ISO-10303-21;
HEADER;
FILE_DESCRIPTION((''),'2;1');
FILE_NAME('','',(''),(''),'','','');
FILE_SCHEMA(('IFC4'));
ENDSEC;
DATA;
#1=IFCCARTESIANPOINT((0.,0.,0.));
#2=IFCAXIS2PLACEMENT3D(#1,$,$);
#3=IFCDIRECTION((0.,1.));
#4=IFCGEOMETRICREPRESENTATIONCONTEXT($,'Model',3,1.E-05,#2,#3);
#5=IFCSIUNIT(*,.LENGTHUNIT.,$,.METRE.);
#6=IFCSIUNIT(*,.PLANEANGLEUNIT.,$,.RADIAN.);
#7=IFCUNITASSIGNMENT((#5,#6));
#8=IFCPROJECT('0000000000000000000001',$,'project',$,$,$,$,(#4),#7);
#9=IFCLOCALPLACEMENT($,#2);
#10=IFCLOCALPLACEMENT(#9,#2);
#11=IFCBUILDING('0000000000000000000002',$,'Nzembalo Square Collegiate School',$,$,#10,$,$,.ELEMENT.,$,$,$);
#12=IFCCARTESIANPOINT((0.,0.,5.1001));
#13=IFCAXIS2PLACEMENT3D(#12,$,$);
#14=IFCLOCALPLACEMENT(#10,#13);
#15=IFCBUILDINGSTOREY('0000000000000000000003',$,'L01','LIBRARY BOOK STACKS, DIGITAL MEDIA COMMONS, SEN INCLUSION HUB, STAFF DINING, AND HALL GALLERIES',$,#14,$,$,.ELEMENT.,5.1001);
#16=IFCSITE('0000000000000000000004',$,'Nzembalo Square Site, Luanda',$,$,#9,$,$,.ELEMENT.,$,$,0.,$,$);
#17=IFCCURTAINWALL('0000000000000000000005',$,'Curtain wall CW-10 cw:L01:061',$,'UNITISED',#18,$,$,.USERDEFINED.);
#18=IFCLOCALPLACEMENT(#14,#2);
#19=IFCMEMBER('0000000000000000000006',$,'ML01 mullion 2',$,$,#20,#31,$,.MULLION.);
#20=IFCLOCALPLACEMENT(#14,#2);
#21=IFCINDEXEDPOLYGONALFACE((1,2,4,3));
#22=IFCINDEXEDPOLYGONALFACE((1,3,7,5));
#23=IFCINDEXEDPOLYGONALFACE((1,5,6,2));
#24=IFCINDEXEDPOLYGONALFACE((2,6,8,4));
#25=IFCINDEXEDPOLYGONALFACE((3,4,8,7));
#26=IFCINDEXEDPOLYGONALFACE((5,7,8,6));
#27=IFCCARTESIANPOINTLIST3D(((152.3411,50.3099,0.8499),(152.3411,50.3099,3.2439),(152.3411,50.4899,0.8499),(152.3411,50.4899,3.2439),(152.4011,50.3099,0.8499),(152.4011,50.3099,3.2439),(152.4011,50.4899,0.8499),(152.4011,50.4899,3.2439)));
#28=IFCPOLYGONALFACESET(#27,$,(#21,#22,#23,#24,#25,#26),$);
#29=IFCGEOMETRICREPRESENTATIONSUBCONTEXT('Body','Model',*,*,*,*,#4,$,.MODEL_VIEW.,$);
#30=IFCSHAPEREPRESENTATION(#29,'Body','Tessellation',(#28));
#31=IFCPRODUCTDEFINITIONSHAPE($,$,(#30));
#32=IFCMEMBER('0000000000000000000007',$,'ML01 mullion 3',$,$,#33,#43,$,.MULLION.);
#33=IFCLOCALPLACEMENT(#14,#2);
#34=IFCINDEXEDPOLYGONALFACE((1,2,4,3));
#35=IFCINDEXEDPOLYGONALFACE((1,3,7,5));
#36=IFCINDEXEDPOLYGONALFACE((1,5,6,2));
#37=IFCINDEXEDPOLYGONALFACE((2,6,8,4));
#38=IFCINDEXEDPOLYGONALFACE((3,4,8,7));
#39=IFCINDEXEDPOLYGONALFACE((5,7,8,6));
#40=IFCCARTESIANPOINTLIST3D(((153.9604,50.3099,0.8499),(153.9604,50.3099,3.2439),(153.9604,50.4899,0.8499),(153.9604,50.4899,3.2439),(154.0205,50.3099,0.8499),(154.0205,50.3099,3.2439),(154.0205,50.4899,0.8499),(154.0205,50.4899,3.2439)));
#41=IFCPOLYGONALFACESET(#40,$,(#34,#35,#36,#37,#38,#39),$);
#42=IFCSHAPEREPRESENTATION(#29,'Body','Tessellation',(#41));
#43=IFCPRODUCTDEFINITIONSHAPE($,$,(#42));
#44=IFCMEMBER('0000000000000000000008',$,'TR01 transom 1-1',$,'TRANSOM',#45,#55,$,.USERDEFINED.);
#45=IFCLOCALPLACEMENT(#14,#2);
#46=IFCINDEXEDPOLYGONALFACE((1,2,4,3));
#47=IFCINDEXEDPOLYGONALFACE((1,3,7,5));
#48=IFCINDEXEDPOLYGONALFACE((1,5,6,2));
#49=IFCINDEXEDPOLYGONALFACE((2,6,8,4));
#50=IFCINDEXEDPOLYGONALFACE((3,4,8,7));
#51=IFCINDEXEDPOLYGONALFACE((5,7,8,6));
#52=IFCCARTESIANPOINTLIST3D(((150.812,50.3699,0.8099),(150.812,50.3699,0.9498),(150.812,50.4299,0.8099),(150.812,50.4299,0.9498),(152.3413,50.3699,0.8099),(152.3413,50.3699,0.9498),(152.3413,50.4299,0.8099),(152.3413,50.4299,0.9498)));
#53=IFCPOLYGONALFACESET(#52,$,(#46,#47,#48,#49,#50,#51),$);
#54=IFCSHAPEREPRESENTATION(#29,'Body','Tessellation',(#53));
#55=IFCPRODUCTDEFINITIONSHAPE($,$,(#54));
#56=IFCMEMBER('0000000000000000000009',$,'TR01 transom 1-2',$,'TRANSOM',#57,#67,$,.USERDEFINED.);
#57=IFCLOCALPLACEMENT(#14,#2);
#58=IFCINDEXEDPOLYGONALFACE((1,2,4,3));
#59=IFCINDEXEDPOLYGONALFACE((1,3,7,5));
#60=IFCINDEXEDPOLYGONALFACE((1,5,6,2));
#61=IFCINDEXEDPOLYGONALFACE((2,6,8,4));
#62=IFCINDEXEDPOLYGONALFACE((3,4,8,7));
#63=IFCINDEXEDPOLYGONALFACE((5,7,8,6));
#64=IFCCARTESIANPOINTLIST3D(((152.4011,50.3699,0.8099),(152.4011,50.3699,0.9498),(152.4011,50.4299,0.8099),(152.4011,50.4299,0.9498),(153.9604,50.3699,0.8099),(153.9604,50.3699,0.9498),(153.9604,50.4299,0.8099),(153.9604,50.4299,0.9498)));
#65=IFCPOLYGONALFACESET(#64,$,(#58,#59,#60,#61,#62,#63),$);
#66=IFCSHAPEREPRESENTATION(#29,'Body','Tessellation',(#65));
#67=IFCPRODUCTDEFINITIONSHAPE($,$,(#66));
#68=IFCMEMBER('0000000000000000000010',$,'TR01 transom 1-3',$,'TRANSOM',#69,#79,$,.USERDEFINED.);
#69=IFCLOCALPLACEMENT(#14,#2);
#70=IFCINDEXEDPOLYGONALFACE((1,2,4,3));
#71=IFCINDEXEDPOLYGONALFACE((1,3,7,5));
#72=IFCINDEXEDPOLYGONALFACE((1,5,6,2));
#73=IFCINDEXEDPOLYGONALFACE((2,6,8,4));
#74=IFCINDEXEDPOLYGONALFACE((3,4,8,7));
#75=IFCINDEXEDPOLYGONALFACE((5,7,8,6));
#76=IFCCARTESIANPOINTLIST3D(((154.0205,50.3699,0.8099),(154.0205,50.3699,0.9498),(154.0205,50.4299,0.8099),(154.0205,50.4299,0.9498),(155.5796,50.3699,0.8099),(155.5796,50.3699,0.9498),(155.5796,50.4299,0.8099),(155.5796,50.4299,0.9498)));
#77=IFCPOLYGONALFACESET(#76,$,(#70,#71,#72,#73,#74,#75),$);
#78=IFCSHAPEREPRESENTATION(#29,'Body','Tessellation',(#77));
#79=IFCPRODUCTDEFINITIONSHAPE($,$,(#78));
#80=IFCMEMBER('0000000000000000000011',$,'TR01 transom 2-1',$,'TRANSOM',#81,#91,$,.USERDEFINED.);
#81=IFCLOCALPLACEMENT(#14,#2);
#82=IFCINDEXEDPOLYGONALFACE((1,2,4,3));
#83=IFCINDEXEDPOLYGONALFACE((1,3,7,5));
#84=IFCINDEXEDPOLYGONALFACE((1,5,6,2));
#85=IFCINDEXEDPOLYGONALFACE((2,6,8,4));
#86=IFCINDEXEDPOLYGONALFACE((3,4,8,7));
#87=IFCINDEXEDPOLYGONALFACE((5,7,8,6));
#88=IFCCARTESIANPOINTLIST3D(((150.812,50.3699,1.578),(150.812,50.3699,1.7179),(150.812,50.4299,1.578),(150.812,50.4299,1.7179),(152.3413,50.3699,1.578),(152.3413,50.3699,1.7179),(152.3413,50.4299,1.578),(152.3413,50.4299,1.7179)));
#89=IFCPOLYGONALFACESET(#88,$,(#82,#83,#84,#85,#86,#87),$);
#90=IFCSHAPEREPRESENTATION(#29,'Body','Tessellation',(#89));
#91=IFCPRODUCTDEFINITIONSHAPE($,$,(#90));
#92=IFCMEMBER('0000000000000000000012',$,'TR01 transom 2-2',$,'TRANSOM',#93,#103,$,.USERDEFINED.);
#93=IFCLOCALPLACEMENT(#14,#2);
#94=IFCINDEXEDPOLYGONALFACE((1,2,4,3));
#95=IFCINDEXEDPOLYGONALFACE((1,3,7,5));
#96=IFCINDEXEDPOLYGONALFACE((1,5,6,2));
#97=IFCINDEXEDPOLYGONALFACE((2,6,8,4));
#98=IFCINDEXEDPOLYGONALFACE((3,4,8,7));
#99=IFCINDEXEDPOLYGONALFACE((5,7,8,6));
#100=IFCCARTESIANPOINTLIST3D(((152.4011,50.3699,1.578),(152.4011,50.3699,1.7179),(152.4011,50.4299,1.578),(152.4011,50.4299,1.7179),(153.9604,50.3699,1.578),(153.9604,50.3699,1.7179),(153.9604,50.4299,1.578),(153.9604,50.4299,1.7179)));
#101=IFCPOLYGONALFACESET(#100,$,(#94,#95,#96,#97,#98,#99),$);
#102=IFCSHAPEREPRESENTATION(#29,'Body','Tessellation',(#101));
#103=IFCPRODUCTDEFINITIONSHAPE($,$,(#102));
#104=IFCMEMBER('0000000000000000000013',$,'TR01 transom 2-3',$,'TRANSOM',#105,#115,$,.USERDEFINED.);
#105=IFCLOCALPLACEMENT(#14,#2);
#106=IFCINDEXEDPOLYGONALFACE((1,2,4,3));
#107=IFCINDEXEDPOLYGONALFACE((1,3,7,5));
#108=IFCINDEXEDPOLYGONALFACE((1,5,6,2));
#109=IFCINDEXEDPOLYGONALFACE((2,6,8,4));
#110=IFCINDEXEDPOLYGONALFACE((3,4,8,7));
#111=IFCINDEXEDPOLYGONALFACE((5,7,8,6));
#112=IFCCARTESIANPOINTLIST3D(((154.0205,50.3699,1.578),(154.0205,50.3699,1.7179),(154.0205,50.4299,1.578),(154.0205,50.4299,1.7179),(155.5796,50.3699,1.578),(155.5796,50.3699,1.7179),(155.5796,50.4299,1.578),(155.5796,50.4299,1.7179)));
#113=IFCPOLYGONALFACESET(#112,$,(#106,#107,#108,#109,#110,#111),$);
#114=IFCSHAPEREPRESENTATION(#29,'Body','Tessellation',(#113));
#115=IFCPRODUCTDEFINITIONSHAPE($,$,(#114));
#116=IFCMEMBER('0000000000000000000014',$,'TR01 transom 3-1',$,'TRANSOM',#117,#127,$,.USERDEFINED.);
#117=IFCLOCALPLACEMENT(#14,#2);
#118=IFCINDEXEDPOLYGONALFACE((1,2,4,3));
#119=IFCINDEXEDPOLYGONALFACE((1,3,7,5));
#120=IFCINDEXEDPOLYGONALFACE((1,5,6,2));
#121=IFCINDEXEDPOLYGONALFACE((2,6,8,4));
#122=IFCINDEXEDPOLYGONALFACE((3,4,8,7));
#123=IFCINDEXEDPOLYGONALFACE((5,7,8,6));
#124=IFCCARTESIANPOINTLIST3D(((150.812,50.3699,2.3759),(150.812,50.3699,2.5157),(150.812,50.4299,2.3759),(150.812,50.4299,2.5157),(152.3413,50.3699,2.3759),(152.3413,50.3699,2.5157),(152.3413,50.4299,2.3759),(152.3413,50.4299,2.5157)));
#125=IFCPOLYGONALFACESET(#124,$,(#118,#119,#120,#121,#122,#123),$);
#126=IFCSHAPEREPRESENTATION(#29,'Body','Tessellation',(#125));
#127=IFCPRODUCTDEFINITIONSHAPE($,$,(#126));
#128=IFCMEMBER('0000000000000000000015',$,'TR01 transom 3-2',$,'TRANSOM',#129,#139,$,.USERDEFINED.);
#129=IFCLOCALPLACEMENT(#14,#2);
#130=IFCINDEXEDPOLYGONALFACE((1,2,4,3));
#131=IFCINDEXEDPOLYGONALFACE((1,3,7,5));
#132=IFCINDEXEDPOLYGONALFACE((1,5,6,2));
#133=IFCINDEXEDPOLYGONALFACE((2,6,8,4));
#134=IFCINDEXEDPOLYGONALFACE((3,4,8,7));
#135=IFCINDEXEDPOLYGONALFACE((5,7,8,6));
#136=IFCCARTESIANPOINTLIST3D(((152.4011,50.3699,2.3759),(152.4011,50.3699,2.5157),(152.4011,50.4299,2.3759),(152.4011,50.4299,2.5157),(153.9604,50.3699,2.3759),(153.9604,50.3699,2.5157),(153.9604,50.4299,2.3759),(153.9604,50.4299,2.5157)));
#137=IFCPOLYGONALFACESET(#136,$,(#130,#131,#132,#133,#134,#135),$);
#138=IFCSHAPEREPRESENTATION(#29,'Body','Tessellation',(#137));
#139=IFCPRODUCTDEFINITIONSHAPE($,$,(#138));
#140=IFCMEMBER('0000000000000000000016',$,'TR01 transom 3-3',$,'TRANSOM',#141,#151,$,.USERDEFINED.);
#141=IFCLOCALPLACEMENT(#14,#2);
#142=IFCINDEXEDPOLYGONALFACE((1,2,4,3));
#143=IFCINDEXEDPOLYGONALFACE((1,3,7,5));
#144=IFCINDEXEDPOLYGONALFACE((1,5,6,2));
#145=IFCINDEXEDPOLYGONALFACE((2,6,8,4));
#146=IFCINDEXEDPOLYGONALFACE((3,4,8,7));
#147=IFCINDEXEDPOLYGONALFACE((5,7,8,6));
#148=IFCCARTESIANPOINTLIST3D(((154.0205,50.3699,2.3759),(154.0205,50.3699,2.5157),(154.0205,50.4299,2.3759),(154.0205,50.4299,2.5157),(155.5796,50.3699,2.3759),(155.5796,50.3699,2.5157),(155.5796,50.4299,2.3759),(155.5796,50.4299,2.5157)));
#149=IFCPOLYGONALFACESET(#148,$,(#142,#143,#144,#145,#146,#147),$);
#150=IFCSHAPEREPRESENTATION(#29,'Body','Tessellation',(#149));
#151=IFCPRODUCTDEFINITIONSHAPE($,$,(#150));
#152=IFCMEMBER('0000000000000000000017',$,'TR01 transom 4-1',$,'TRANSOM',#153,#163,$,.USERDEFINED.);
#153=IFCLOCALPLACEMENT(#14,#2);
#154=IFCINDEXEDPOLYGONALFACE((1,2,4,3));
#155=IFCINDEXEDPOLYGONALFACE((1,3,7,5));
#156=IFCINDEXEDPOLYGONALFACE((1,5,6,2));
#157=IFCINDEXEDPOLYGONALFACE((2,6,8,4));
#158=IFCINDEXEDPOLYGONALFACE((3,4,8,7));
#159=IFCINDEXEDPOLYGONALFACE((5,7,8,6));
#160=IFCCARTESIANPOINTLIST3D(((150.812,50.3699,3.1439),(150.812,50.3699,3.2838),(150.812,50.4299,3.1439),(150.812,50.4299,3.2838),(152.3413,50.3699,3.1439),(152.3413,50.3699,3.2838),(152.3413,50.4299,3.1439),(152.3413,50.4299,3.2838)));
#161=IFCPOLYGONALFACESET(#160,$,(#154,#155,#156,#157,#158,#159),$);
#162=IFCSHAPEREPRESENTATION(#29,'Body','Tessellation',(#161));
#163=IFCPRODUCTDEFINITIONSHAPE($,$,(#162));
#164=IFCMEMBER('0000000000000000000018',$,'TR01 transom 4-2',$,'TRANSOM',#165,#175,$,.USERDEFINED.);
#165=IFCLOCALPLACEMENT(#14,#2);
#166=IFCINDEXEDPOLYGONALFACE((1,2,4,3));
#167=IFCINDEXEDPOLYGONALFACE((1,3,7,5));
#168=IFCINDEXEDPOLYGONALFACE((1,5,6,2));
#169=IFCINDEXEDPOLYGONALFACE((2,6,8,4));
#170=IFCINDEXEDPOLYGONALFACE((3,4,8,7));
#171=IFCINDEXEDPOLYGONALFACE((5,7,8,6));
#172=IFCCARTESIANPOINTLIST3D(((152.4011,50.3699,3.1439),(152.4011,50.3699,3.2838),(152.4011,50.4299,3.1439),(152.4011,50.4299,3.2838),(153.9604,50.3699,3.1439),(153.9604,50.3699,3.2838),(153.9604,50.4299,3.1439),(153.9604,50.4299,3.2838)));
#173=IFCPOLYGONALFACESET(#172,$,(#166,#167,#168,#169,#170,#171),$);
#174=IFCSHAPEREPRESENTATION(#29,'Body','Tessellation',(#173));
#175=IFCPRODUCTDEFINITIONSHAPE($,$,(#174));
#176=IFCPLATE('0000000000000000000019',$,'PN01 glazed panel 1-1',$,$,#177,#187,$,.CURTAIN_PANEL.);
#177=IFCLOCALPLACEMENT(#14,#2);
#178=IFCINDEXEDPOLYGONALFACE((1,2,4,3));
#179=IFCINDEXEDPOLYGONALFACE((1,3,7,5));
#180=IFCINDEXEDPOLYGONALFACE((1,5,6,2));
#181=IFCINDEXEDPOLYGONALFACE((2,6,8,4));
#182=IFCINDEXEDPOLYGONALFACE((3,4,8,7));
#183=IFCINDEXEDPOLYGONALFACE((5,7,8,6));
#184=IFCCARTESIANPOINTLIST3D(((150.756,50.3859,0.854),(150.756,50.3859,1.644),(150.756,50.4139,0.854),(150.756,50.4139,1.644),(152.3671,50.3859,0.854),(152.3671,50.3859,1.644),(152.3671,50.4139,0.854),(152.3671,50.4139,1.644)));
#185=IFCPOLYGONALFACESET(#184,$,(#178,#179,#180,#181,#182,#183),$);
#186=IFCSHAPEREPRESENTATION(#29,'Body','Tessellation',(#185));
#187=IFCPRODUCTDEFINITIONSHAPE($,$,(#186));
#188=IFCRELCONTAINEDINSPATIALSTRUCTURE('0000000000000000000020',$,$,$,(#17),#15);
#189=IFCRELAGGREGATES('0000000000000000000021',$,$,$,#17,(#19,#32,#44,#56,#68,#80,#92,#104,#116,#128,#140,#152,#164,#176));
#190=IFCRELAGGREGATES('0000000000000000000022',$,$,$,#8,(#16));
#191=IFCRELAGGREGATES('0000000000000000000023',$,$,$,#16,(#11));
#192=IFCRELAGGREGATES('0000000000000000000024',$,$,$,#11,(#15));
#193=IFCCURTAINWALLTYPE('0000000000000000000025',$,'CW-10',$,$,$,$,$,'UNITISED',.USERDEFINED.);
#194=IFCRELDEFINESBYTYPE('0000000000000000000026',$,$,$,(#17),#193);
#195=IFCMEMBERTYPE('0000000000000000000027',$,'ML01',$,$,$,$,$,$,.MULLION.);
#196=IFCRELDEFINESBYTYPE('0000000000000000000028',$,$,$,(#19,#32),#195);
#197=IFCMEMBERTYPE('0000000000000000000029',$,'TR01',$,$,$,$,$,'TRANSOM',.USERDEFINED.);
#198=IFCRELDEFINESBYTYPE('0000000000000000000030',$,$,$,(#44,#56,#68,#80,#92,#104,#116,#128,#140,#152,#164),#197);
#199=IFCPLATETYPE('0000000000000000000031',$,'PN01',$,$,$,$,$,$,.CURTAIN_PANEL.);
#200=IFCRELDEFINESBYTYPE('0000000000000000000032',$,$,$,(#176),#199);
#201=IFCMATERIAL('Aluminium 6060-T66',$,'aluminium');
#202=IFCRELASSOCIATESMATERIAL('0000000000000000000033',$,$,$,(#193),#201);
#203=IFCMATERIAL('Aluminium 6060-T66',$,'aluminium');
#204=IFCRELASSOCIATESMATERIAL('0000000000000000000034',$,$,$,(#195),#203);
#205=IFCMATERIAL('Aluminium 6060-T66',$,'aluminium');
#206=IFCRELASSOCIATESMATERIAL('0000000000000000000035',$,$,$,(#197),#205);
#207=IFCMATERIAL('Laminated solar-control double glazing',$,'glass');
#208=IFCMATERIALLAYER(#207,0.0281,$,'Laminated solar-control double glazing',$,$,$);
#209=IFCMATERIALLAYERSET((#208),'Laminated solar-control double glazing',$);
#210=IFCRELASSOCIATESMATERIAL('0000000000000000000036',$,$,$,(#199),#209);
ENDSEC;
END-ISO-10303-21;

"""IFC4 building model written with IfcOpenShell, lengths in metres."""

from ifc_helpers import new_model, si_unit, direction, frame, origin, origin_2d, place, context, subcontext, project, spatial, rectangle, extrude, material, layer, layer_set, material_profile, profile_set, type_object, element, aggregate, save


model = new_model("IFC4")

# Units and contexts
model_context = context("Model", 3, precision=1e-05, world=origin(), true_north=direction((0.0, 1.0)))
body_context = subcontext(model_context, "Body", "Model", "MODEL_VIEW")
ifc_project = project(units=[si_unit("LENGTHUNIT", "METRE"), si_unit("PLANEANGLEUNIT", "RADIAN")], contexts=[model_context])

# Site, building, storey
site_placement = place(None, origin())
site = spatial("IfcSite", under=ifc_project, at=site_placement, Name="Nzembalo Square Site, Luanda", CompositionType="ELEMENT", RefElevation=0.0)
building_placement = place(site_placement, origin())
building = spatial("IfcBuilding", under=site, at=building_placement, Name="Nzembalo Square Collegiate School", CompositionType="ELEMENT")
storey_placement = place(building_placement, frame((0.0, 0.0, 5.1001)))
storey = spatial("IfcBuildingStorey", under=building, at=storey_placement, Name="L01", Description="LIBRARY BOOK STACKS, DIGITAL MEDIA COMMONS, SEN INCLUSION HUB, STAFF DINING, AND HALL GALLERIES", CompositionType="ELEMENT", Elevation=5.1001)

# Curtain wall, members, plate
ifc_material_1 = material(Name="Aluminium 6060-T66", Category="aluminium")
curtain_wall_type = type_object("IfcCurtainWallType", Name="CW-10", ElementType="UNITISED", PredefinedType="USERDEFINED", material=ifc_material_1)
curtain_wall_placement = place(storey_placement, origin())
curtain_wall = element("IfcCurtainWall", 1, at=curtain_wall_placement, inside=storey, type_object=curtain_wall_type, Name="Curtain wall CW-10 cw:L01:061", ObjectType="UNITISED", PredefinedType="USERDEFINED")
ifc_material_2 = material(Name="Aluminium 6060-T66", Category="aluminium")
ifc_material_profile_1 = material_profile(ifc_material_2, rectangle(XDim=0.0601, YDim=0.1799, at=origin_2d()), Name="ALU M60x180")
ifc_profile_set_1 = profile_set([ifc_material_profile_1], Name="Aluminium 6060-T66")
member_type_1 = type_object("IfcMemberType", Name="ML01", PredefinedType="MULLION", material=ifc_profile_set_1)
member_1_placement = place(storey_placement, frame((152.3711, 50.3999, 0.8499), z_axis=(0.0, 0.0, 1.0), x_axis=(1.0, 0.0, 0.0)))
member_1 = element("IfcMember", 2, at=member_1_placement, type_object=member_type_1, Name="ML01 mullion 2", PredefinedType="MULLION", context=body_context, shape_type="SweptSolid", body=[
    extrude(rectangle(XDim=0.0601, YDim=0.1799, at=origin_2d()), origin(), (0.0, 0.0, 1.0), 2.394),
])
member_2_placement = place(storey_placement, frame((153.9905, 50.3999, 0.8499), z_axis=(0.0, 0.0, 1.0), x_axis=(1.0, 0.0, 0.0)))
member_2 = element("IfcMember", 3, at=member_2_placement, type_object=member_type_1, Name="ML01 mullion 3", PredefinedType="MULLION", context=body_context, shape_type="SweptSolid", body=[
    extrude(rectangle(XDim=0.0601, YDim=0.1799, at=origin_2d()), origin(), (0.0, 0.0, 1.0), 2.394),
])
ifc_material_3 = material(Name="Aluminium 6060-T66", Category="aluminium")
ifc_material_profile_2 = material_profile(ifc_material_3, rectangle(XDim=0.0601, YDim=0.1399, at=origin_2d()), Name="ALU T60x140")
ifc_profile_set_2 = profile_set([ifc_material_profile_2], Name="Aluminium 6060-T66")
member_type_2 = type_object("IfcMemberType", Name="TR01", ElementType="TRANSOM", PredefinedType="USERDEFINED", material=ifc_profile_set_2)
member_3_placement = place(storey_placement, frame((150.812, 50.3999, 0.8799), z_axis=(1.0, 0.0, 0.0), x_axis=(0.0, 1.0, 0.0)))
member_3 = element("IfcMember", 4, at=member_3_placement, type_object=member_type_2, Name="TR01 transom 1-1", ObjectType="TRANSOM", PredefinedType="USERDEFINED", context=body_context, shape_type="SweptSolid", body=[
    extrude(rectangle(XDim=0.0601, YDim=0.1399, at=origin_2d()), origin(), (0.0, 0.0, 1.0), 1.5293),
])
member_4_placement = place(storey_placement, frame((152.4011, 50.3999, 0.8799), z_axis=(1.0, 0.0, 0.0), x_axis=(0.0, 1.0, 0.0)))
member_4 = element("IfcMember", 5, at=member_4_placement, type_object=member_type_2, Name="TR01 transom 1-2", ObjectType="TRANSOM", PredefinedType="USERDEFINED", context=body_context, shape_type="SweptSolid", body=[
    extrude(rectangle(XDim=0.0601, YDim=0.1399, at=origin_2d()), origin(), (0.0, 0.0, 1.0), 1.5593),
])
member_5_placement = place(storey_placement, frame((154.0205, 50.3999, 0.8799), z_axis=(1.0, 0.0, 0.0), x_axis=(0.0, 1.0, 0.0)))
member_5 = element("IfcMember", 6, at=member_5_placement, type_object=member_type_2, Name="TR01 transom 1-3", ObjectType="TRANSOM", PredefinedType="USERDEFINED", context=body_context, shape_type="SweptSolid", body=[
    extrude(rectangle(XDim=0.0601, YDim=0.1399, at=origin_2d()), origin(), (0.0, 0.0, 1.0), 1.5591),
])
member_6_placement = place(storey_placement, frame((150.812, 50.3999, 1.6479), z_axis=(1.0, 0.0, 0.0), x_axis=(0.0, 1.0, 0.0)))
member_6 = element("IfcMember", 7, at=member_6_placement, type_object=member_type_2, Name="TR01 transom 2-1", ObjectType="TRANSOM", PredefinedType="USERDEFINED", context=body_context, shape_type="SweptSolid", body=[
    extrude(rectangle(XDim=0.0601, YDim=0.1399, at=origin_2d()), origin(), (0.0, 0.0, 1.0), 1.5293),
])
member_7_placement = place(storey_placement, frame((152.4011, 50.3999, 1.6479), z_axis=(1.0, 0.0, 0.0), x_axis=(0.0, 1.0, 0.0)))
member_7 = element("IfcMember", 8, at=member_7_placement, type_object=member_type_2, Name="TR01 transom 2-2", ObjectType="TRANSOM", PredefinedType="USERDEFINED", context=body_context, shape_type="SweptSolid", body=[
    extrude(rectangle(XDim=0.0601, YDim=0.1399, at=origin_2d()), origin(), (0.0, 0.0, 1.0), 1.5593),
])
member_8_placement = place(storey_placement, frame((154.0205, 50.3999, 1.6479), z_axis=(1.0, 0.0, 0.0), x_axis=(0.0, 1.0, 0.0)))
member_8 = element("IfcMember", 9, at=member_8_placement, type_object=member_type_2, Name="TR01 transom 2-3", ObjectType="TRANSOM", PredefinedType="USERDEFINED", context=body_context, shape_type="SweptSolid", body=[
    extrude(rectangle(XDim=0.0601, YDim=0.1399, at=origin_2d()), origin(), (0.0, 0.0, 1.0), 1.5591),
])
member_9_placement = place(storey_placement, frame((150.812, 50.3999, 2.4458), z_axis=(1.0, 0.0, 0.0), x_axis=(0.0, 1.0, 0.0)))
member_9 = element("IfcMember", 10, at=member_9_placement, type_object=member_type_2, Name="TR01 transom 3-1", ObjectType="TRANSOM", PredefinedType="USERDEFINED", context=body_context, shape_type="SweptSolid", body=[
    extrude(rectangle(XDim=0.0601, YDim=0.1399, at=origin_2d()), origin(), (0.0, 0.0, 1.0), 1.5293),
])
member_10_placement = place(storey_placement, frame((152.4011, 50.3999, 2.4458), z_axis=(1.0, 0.0, 0.0), x_axis=(0.0, 1.0, 0.0)))
member_10 = element("IfcMember", 11, at=member_10_placement, type_object=member_type_2, Name="TR01 transom 3-2", ObjectType="TRANSOM", PredefinedType="USERDEFINED", context=body_context, shape_type="SweptSolid", body=[
    extrude(rectangle(XDim=0.0601, YDim=0.1399, at=origin_2d()), origin(), (0.0, 0.0, 1.0), 1.5593),
])
member_11_placement = place(storey_placement, frame((154.0205, 50.3999, 2.4458), z_axis=(1.0, 0.0, 0.0), x_axis=(0.0, 1.0, 0.0)))
member_11 = element("IfcMember", 12, at=member_11_placement, type_object=member_type_2, Name="TR01 transom 3-3", ObjectType="TRANSOM", PredefinedType="USERDEFINED", context=body_context, shape_type="SweptSolid", body=[
    extrude(rectangle(XDim=0.0601, YDim=0.1399, at=origin_2d()), origin(), (0.0, 0.0, 1.0), 1.5591),
])
member_12_placement = place(storey_placement, frame((150.812, 50.3999, 3.2139), z_axis=(1.0, 0.0, 0.0), x_axis=(0.0, 1.0, 0.0)))
member_12 = element("IfcMember", 13, at=member_12_placement, type_object=member_type_2, Name="TR01 transom 4-1", ObjectType="TRANSOM", PredefinedType="USERDEFINED", context=body_context, shape_type="SweptSolid", body=[
    extrude(rectangle(XDim=0.0601, YDim=0.1399, at=origin_2d()), origin(), (0.0, 0.0, 1.0), 1.5293),
])
member_13_placement = place(storey_placement, frame((152.4011, 50.3999, 3.2139), z_axis=(1.0, 0.0, 0.0), x_axis=(0.0, 1.0, 0.0)))
member_13 = element("IfcMember", 14, at=member_13_placement, type_object=member_type_2, Name="TR01 transom 4-2", ObjectType="TRANSOM", PredefinedType="USERDEFINED", context=body_context, shape_type="SweptSolid", body=[
    extrude(rectangle(XDim=0.0601, YDim=0.1399, at=origin_2d()), origin(), (0.0, 0.0, 1.0), 1.5593),
])
ifc_material_4 = material(Name="Laminated solar-control double glazing", Category="glass")
ifc_layer_1 = layer(ifc_material_4, 0.0281, Name="Laminated solar-control double glazing")
ifc_layer_set_1 = layer_set([ifc_layer_1], Name="Laminated solar-control double glazing")
plate_type = type_object("IfcPlateType", Name="PN01", PredefinedType="CURTAIN_PANEL", material=ifc_layer_set_1)
plate_1_placement = place(storey_placement, frame((151.5615, 50.3999, 0.854), z_axis=(0.0, 0.0, 1.0), x_axis=(1.0, 0.0, 0.0)))
plate_1 = element("IfcPlate", 15, at=plate_1_placement, type_object=plate_type, Name="PN01 glazed panel 1-1", PredefinedType="CURTAIN_PANEL", context=body_context, shape_type="SweptSolid", body=[
    extrude(rectangle(XDim=1.6111, YDim=0.0281, at=origin_2d()), origin(), (0.0, 0.0, 1.0), 0.79),
])
aggregate(curtain_wall, [member_1, member_2, member_3, member_4, member_5, member_6, member_7, member_8, member_9, member_10, member_11, member_12, member_13, plate_1])

save(model, "model.ifc")
